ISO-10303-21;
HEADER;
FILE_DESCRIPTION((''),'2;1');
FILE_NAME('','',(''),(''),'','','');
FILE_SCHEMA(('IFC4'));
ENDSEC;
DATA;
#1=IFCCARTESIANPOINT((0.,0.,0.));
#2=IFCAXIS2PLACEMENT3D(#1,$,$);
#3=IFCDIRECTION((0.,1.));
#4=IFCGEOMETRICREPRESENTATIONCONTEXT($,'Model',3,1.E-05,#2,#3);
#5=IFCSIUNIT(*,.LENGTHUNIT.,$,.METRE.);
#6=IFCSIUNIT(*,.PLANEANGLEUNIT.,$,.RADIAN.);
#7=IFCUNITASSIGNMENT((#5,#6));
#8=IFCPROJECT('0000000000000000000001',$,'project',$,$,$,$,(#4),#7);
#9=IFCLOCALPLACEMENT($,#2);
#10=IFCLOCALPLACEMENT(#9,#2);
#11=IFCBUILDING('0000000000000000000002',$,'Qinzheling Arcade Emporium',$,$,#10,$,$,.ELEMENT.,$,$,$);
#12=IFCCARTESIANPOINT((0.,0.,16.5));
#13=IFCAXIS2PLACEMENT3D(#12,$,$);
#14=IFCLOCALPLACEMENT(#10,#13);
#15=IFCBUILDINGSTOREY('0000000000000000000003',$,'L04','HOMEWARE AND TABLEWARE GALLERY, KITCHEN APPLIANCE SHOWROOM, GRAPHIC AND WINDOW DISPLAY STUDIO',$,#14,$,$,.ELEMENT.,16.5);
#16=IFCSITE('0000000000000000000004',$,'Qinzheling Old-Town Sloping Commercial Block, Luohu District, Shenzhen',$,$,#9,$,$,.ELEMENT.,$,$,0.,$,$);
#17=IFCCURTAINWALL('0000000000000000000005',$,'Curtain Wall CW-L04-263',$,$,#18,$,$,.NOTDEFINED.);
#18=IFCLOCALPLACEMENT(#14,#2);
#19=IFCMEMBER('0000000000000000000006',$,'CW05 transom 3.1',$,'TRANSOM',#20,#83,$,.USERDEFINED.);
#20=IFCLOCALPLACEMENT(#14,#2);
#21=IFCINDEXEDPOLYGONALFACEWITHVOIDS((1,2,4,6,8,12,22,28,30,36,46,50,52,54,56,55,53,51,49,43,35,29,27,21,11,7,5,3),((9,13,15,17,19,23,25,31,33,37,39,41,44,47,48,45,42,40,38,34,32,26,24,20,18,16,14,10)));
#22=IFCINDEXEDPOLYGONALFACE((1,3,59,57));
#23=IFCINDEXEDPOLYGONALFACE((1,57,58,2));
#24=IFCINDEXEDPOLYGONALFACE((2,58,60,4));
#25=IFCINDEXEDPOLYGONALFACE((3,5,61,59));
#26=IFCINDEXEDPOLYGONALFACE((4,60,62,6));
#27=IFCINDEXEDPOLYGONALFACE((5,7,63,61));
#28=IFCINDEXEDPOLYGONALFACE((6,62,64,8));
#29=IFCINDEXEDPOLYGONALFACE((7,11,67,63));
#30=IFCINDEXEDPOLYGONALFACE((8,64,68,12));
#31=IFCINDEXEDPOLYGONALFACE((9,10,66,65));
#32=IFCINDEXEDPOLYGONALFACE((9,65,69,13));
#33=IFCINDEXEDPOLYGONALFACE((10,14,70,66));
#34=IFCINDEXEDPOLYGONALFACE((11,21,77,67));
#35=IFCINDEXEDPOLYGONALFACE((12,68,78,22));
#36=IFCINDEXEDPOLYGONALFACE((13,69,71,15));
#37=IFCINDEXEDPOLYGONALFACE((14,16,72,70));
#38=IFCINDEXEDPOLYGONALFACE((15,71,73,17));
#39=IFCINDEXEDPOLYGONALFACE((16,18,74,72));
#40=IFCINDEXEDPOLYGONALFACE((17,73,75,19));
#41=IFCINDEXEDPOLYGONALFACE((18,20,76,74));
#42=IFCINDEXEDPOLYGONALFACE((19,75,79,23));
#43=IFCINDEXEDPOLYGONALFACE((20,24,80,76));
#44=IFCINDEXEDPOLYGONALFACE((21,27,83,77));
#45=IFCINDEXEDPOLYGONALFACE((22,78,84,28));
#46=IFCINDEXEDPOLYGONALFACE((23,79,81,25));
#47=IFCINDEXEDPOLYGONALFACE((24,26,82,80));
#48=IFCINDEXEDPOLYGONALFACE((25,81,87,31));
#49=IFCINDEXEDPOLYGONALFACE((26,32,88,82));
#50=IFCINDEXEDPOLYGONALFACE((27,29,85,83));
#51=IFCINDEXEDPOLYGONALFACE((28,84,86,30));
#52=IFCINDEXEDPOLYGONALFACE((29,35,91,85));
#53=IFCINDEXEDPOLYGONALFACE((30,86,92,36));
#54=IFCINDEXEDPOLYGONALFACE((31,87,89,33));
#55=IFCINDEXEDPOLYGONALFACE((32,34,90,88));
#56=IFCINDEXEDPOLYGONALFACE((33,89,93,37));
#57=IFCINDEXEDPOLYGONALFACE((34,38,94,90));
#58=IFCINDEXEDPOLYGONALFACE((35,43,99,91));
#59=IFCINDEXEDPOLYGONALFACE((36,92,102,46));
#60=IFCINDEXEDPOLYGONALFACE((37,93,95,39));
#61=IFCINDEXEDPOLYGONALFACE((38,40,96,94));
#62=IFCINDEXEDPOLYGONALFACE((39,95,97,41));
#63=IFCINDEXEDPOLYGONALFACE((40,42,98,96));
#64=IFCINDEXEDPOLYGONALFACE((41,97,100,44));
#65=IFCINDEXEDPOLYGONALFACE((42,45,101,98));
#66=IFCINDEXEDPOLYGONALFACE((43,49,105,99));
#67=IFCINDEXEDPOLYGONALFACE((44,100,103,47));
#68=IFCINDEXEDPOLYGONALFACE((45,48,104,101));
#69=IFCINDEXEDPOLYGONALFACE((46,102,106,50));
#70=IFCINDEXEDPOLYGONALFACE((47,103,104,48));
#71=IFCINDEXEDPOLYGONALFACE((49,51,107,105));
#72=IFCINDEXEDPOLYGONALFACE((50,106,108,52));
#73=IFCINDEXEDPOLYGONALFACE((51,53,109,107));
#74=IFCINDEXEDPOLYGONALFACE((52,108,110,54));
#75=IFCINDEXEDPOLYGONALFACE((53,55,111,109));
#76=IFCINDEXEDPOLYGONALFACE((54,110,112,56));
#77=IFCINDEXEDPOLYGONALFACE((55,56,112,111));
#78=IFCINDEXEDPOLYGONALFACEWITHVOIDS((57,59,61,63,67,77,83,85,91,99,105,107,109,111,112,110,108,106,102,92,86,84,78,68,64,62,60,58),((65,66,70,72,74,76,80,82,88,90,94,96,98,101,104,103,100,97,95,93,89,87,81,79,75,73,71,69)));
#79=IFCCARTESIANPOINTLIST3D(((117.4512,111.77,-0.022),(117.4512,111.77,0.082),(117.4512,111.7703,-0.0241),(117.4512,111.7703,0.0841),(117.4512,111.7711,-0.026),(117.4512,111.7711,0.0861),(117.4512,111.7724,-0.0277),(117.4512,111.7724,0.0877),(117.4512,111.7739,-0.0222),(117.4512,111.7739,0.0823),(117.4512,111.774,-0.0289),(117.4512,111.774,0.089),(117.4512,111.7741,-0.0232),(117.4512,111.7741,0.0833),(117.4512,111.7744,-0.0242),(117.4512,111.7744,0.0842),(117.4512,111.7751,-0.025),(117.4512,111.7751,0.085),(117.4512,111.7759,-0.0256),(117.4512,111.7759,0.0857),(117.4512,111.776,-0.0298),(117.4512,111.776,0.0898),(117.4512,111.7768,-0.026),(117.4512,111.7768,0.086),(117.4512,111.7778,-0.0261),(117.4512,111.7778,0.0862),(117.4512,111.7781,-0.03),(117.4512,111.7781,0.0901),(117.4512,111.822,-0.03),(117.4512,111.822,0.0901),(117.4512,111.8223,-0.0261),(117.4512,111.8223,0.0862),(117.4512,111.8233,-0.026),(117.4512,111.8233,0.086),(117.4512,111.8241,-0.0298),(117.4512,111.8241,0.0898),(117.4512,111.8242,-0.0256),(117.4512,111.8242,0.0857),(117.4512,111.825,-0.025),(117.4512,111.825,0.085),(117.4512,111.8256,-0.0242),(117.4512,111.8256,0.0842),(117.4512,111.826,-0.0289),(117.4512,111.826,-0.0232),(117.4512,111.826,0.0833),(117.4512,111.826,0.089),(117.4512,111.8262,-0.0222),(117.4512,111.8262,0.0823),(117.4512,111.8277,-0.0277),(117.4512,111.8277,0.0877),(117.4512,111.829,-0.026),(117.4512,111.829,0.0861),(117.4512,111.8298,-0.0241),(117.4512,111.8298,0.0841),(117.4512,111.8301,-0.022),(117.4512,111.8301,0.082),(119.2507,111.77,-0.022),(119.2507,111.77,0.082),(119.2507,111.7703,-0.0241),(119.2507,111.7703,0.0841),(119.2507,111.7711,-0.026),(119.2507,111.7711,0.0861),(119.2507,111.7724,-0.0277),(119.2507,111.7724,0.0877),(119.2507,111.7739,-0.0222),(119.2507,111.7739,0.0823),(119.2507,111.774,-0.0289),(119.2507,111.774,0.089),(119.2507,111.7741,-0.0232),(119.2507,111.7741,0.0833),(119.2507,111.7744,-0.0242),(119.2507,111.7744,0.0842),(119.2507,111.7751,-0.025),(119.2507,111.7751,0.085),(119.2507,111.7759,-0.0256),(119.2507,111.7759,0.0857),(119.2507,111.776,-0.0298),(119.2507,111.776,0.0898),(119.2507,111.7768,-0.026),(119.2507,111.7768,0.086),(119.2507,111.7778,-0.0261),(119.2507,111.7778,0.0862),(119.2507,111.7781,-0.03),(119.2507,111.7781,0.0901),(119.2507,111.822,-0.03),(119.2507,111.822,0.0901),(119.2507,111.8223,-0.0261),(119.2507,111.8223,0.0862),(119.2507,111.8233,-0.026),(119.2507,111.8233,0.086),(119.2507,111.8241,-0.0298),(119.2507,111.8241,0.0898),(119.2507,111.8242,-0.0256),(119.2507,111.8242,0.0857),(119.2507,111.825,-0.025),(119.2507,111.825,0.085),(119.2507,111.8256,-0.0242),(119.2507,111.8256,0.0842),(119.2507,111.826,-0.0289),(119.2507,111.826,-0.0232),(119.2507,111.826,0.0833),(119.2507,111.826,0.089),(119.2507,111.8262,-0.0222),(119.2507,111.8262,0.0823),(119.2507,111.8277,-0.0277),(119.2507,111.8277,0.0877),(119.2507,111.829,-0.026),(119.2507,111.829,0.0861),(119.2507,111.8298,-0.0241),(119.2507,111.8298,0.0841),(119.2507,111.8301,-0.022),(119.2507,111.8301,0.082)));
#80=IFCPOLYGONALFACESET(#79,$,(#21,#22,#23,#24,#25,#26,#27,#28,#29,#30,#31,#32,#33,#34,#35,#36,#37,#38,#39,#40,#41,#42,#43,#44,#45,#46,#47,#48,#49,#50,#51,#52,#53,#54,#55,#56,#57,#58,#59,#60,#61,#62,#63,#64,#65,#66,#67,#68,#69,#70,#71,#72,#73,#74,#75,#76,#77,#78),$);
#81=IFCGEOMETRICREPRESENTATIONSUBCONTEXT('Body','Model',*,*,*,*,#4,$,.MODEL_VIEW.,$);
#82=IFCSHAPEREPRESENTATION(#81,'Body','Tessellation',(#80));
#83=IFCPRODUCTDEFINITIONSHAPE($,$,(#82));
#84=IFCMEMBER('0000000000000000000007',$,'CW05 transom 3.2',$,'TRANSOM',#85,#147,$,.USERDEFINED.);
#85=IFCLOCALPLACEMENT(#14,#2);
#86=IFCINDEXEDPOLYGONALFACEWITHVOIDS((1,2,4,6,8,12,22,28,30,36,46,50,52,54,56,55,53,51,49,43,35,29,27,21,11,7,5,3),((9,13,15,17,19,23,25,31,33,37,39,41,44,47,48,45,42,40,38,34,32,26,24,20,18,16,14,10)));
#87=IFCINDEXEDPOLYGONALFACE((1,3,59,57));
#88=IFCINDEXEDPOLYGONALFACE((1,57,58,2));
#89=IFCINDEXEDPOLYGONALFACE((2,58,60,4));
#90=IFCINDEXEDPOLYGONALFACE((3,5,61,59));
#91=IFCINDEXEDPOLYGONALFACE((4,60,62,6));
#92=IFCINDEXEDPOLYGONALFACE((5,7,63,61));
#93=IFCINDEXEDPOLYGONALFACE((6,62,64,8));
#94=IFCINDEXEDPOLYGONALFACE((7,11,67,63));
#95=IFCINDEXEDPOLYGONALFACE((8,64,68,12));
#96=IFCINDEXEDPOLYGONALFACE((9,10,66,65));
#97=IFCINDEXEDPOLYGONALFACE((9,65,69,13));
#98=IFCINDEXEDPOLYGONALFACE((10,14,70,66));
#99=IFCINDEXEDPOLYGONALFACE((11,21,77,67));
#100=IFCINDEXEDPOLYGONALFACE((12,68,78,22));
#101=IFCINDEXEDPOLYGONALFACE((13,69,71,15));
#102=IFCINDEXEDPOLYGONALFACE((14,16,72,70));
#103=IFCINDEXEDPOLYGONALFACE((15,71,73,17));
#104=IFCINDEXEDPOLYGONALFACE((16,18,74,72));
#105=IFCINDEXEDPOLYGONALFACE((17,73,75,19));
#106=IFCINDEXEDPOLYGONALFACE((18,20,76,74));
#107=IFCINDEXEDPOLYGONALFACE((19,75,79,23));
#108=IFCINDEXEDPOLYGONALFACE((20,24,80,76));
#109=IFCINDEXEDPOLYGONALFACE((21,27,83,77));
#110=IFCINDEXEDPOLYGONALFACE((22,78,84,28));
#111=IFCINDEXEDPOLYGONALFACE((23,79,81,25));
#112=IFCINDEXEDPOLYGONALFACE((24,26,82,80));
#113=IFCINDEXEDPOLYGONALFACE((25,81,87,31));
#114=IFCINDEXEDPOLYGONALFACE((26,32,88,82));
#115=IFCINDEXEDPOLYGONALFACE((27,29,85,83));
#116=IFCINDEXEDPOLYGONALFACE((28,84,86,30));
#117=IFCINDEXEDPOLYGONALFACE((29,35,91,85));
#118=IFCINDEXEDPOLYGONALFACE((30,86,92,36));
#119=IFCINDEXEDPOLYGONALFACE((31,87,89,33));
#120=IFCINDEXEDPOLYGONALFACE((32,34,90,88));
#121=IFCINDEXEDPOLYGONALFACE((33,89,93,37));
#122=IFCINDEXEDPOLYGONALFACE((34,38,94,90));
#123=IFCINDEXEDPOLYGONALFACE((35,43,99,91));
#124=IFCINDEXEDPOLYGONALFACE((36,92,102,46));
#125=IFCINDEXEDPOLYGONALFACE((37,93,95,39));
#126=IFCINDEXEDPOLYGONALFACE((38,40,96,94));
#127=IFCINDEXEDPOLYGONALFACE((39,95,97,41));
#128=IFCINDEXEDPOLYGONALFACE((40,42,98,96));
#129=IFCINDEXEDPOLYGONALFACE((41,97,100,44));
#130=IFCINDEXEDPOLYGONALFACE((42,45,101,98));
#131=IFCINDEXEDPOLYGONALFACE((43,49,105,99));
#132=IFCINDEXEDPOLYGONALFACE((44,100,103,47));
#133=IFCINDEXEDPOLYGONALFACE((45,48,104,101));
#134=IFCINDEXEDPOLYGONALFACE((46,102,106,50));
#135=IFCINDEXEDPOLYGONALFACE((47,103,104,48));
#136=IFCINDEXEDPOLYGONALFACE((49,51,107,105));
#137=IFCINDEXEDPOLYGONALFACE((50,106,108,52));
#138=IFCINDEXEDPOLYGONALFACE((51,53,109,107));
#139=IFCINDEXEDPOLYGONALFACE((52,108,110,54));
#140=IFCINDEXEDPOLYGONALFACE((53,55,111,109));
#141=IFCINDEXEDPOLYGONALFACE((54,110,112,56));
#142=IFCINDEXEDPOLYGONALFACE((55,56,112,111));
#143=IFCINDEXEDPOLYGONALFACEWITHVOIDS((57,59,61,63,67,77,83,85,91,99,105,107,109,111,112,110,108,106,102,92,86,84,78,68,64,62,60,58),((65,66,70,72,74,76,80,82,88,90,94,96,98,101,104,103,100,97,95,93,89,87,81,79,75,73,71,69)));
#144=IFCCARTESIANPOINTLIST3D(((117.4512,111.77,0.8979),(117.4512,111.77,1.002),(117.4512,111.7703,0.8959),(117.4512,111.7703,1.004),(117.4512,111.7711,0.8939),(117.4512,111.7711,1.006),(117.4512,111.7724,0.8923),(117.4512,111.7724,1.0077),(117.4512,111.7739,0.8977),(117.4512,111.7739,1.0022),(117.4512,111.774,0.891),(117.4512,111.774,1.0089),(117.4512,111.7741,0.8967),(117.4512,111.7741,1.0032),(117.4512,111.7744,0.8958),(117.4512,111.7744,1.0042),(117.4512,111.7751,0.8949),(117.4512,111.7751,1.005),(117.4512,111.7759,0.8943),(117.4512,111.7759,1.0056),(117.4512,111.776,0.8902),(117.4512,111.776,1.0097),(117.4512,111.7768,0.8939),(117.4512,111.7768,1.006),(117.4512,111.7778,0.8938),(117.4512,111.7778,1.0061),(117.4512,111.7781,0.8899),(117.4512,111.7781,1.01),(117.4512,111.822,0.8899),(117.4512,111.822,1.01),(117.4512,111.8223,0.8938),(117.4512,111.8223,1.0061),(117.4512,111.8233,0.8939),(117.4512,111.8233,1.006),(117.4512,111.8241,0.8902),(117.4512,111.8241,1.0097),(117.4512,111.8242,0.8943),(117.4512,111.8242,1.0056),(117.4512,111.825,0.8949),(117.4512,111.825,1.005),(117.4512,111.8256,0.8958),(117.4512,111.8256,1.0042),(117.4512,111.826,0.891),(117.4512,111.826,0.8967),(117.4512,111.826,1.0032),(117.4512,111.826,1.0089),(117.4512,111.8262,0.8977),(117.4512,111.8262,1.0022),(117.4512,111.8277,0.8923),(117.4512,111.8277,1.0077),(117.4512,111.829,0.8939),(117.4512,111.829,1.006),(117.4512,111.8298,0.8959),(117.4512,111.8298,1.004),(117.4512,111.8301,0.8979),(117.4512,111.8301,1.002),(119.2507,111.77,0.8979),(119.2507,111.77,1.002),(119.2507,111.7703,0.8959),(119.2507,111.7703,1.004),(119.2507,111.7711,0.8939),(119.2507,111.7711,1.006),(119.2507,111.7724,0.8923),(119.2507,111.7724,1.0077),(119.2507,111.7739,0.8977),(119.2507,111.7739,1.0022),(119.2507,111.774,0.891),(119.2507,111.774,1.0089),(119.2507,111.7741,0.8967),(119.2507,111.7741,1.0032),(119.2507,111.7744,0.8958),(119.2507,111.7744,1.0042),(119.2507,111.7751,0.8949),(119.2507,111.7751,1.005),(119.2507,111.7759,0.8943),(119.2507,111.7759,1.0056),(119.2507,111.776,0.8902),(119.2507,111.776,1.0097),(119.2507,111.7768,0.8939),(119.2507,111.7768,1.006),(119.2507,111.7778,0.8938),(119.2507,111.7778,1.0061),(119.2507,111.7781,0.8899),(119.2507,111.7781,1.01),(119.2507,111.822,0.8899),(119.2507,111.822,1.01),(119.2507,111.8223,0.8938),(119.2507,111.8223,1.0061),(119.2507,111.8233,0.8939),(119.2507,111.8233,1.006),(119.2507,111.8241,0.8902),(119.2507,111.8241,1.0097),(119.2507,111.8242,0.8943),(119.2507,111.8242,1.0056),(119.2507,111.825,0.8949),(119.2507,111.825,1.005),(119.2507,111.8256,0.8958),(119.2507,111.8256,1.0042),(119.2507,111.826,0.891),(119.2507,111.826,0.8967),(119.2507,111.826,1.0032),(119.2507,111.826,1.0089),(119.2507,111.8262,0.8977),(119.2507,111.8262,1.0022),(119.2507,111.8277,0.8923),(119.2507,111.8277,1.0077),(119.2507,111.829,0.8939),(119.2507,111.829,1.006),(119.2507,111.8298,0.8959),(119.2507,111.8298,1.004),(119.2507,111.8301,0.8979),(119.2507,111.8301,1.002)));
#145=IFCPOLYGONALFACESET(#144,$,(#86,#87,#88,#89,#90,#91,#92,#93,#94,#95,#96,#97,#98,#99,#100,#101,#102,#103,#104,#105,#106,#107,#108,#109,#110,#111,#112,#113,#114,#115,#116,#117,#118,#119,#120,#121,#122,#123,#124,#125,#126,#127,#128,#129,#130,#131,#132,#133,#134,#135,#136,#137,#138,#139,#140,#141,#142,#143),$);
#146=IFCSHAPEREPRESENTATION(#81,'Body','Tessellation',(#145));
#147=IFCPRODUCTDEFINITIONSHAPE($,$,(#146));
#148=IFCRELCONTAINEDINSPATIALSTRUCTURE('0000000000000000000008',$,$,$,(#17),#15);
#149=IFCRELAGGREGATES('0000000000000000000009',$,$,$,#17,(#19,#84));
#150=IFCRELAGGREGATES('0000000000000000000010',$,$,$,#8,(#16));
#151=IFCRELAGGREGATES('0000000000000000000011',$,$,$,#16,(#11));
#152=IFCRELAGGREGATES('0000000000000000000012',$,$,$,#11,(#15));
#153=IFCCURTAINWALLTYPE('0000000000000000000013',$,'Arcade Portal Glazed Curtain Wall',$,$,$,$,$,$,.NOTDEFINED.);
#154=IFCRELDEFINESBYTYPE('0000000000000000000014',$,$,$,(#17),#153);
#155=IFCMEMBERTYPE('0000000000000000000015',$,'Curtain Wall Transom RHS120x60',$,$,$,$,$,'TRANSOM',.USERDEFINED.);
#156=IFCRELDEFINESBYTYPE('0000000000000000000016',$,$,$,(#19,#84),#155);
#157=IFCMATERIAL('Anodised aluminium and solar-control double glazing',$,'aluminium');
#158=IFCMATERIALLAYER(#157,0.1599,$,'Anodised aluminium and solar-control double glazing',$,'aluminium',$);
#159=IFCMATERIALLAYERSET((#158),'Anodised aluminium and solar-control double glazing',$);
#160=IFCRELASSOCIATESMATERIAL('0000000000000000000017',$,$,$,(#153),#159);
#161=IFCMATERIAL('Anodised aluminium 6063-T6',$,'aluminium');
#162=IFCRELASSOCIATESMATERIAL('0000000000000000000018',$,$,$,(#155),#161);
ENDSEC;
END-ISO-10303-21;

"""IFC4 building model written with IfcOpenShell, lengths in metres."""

from ifc_helpers import new_model, si_unit, direction, frame, origin, origin_2d, place, context, subcontext, project, spatial, hollow_rectangle, extrude, material, layer, layer_set, material_profile, profile_set, type_object, element, aggregate, save


model = new_model("IFC4")

# Units and contexts
model_context = context("Model", 3, precision=1e-05, world=origin(), true_north=direction((0.0, 1.0)))
body_context = subcontext(model_context, "Body", "Model", "MODEL_VIEW")
ifc_project = project(units=[si_unit("LENGTHUNIT", "METRE"), si_unit("PLANEANGLEUNIT", "RADIAN")], contexts=[model_context])

# Site, building, storey
site_placement = place(None, origin())
site = spatial("IfcSite", under=ifc_project, at=site_placement, Name="Qinzheling Old-Town Sloping Commercial Block, Luohu District, Shenzhen", CompositionType="ELEMENT", RefElevation=0.0)
building_placement = place(site_placement, origin())
building = spatial("IfcBuilding", under=site, at=building_placement, Name="Qinzheling Arcade Emporium", CompositionType="ELEMENT")
storey_placement = place(building_placement, frame((0.0, 0.0, 16.5)))
storey = spatial("IfcBuildingStorey", under=building, at=storey_placement, Name="L04", Description="HOMEWARE AND TABLEWARE GALLERY, KITCHEN APPLIANCE SHOWROOM, GRAPHIC AND WINDOW DISPLAY STUDIO", CompositionType="ELEMENT", Elevation=16.5)

# Curtain wall, members
ifc_material_1 = material(Name="Anodised aluminium and solar-control double glazing", Category="aluminium")
ifc_layer_1 = layer(ifc_material_1, 0.1599, Name="Anodised aluminium and solar-control double glazing", Category="aluminium")
ifc_layer_set_1 = layer_set([ifc_layer_1], Name="Anodised aluminium and solar-control double glazing")
curtain_wall_type = type_object("IfcCurtainWallType", Name="Arcade Portal Glazed Curtain Wall", PredefinedType="NOTDEFINED", material=ifc_layer_set_1)
curtain_wall_placement = place(storey_placement, origin())
curtain_wall = element("IfcCurtainWall", 1, at=curtain_wall_placement, inside=storey, type_object=curtain_wall_type, Name="Curtain Wall CW-L04-263", PredefinedType="NOTDEFINED")
ifc_material_2 = material(Name="Anodised aluminium 6063-T6", Category="aluminium")
ifc_material_profile_1 = material_profile(ifc_material_2, hollow_rectangle(XDim=0.0601, YDim=0.1201, WallThickness=0.0039, InnerFilletRadius=0.0039, OuterFilletRadius=0.0081, at=origin_2d()), Name="RHS 120x60x4", Category="aluminium")
ifc_profile_set_1 = profile_set([ifc_material_profile_1], Name="Anodised aluminium 6063-T6")
member_type_1 = type_object("IfcMemberType", Name="Curtain Wall Transom RHS120x60", ElementType="TRANSOM", PredefinedType="USERDEFINED", material=ifc_profile_set_1)
member_1_placement = place(storey_placement, frame((117.4512, 111.8, 0.03), z_axis=(1.0, 0.0, 0.0), x_axis=(0.0, 1.0, 0.0)))
member_1 = element("IfcMember", 2, at=member_1_placement, type_object=member_type_1, Name="CW05 transom 3.1", ObjectType="TRANSOM", PredefinedType="USERDEFINED", context=body_context, shape_type="SweptSolid", body=[
    extrude(hollow_rectangle(XDim=0.0601, YDim=0.1201, WallThickness=0.0039, InnerFilletRadius=0.0039, OuterFilletRadius=0.0081, at=origin_2d()), origin(), (0.0, 0.0, 1.0), 1.7996),
])
member_2_placement = place(storey_placement, frame((117.4512, 111.8, 0.95), z_axis=(1.0, 0.0, 0.0), x_axis=(0.0, 1.0, 0.0)))
member_2 = element("IfcMember", 3, at=member_2_placement, type_object=member_type_1, Name="CW05 transom 3.2", ObjectType="TRANSOM", PredefinedType="USERDEFINED", context=body_context, shape_type="SweptSolid", body=[
    extrude(hollow_rectangle(XDim=0.0601, YDim=0.1201, WallThickness=0.0039, InnerFilletRadius=0.0039, OuterFilletRadius=0.0081, at=origin_2d()), origin(), (0.0, 0.0, 1.0), 1.7996),
])
aggregate(curtain_wall, [member_1, member_2])

save(model, "model.ifc")
